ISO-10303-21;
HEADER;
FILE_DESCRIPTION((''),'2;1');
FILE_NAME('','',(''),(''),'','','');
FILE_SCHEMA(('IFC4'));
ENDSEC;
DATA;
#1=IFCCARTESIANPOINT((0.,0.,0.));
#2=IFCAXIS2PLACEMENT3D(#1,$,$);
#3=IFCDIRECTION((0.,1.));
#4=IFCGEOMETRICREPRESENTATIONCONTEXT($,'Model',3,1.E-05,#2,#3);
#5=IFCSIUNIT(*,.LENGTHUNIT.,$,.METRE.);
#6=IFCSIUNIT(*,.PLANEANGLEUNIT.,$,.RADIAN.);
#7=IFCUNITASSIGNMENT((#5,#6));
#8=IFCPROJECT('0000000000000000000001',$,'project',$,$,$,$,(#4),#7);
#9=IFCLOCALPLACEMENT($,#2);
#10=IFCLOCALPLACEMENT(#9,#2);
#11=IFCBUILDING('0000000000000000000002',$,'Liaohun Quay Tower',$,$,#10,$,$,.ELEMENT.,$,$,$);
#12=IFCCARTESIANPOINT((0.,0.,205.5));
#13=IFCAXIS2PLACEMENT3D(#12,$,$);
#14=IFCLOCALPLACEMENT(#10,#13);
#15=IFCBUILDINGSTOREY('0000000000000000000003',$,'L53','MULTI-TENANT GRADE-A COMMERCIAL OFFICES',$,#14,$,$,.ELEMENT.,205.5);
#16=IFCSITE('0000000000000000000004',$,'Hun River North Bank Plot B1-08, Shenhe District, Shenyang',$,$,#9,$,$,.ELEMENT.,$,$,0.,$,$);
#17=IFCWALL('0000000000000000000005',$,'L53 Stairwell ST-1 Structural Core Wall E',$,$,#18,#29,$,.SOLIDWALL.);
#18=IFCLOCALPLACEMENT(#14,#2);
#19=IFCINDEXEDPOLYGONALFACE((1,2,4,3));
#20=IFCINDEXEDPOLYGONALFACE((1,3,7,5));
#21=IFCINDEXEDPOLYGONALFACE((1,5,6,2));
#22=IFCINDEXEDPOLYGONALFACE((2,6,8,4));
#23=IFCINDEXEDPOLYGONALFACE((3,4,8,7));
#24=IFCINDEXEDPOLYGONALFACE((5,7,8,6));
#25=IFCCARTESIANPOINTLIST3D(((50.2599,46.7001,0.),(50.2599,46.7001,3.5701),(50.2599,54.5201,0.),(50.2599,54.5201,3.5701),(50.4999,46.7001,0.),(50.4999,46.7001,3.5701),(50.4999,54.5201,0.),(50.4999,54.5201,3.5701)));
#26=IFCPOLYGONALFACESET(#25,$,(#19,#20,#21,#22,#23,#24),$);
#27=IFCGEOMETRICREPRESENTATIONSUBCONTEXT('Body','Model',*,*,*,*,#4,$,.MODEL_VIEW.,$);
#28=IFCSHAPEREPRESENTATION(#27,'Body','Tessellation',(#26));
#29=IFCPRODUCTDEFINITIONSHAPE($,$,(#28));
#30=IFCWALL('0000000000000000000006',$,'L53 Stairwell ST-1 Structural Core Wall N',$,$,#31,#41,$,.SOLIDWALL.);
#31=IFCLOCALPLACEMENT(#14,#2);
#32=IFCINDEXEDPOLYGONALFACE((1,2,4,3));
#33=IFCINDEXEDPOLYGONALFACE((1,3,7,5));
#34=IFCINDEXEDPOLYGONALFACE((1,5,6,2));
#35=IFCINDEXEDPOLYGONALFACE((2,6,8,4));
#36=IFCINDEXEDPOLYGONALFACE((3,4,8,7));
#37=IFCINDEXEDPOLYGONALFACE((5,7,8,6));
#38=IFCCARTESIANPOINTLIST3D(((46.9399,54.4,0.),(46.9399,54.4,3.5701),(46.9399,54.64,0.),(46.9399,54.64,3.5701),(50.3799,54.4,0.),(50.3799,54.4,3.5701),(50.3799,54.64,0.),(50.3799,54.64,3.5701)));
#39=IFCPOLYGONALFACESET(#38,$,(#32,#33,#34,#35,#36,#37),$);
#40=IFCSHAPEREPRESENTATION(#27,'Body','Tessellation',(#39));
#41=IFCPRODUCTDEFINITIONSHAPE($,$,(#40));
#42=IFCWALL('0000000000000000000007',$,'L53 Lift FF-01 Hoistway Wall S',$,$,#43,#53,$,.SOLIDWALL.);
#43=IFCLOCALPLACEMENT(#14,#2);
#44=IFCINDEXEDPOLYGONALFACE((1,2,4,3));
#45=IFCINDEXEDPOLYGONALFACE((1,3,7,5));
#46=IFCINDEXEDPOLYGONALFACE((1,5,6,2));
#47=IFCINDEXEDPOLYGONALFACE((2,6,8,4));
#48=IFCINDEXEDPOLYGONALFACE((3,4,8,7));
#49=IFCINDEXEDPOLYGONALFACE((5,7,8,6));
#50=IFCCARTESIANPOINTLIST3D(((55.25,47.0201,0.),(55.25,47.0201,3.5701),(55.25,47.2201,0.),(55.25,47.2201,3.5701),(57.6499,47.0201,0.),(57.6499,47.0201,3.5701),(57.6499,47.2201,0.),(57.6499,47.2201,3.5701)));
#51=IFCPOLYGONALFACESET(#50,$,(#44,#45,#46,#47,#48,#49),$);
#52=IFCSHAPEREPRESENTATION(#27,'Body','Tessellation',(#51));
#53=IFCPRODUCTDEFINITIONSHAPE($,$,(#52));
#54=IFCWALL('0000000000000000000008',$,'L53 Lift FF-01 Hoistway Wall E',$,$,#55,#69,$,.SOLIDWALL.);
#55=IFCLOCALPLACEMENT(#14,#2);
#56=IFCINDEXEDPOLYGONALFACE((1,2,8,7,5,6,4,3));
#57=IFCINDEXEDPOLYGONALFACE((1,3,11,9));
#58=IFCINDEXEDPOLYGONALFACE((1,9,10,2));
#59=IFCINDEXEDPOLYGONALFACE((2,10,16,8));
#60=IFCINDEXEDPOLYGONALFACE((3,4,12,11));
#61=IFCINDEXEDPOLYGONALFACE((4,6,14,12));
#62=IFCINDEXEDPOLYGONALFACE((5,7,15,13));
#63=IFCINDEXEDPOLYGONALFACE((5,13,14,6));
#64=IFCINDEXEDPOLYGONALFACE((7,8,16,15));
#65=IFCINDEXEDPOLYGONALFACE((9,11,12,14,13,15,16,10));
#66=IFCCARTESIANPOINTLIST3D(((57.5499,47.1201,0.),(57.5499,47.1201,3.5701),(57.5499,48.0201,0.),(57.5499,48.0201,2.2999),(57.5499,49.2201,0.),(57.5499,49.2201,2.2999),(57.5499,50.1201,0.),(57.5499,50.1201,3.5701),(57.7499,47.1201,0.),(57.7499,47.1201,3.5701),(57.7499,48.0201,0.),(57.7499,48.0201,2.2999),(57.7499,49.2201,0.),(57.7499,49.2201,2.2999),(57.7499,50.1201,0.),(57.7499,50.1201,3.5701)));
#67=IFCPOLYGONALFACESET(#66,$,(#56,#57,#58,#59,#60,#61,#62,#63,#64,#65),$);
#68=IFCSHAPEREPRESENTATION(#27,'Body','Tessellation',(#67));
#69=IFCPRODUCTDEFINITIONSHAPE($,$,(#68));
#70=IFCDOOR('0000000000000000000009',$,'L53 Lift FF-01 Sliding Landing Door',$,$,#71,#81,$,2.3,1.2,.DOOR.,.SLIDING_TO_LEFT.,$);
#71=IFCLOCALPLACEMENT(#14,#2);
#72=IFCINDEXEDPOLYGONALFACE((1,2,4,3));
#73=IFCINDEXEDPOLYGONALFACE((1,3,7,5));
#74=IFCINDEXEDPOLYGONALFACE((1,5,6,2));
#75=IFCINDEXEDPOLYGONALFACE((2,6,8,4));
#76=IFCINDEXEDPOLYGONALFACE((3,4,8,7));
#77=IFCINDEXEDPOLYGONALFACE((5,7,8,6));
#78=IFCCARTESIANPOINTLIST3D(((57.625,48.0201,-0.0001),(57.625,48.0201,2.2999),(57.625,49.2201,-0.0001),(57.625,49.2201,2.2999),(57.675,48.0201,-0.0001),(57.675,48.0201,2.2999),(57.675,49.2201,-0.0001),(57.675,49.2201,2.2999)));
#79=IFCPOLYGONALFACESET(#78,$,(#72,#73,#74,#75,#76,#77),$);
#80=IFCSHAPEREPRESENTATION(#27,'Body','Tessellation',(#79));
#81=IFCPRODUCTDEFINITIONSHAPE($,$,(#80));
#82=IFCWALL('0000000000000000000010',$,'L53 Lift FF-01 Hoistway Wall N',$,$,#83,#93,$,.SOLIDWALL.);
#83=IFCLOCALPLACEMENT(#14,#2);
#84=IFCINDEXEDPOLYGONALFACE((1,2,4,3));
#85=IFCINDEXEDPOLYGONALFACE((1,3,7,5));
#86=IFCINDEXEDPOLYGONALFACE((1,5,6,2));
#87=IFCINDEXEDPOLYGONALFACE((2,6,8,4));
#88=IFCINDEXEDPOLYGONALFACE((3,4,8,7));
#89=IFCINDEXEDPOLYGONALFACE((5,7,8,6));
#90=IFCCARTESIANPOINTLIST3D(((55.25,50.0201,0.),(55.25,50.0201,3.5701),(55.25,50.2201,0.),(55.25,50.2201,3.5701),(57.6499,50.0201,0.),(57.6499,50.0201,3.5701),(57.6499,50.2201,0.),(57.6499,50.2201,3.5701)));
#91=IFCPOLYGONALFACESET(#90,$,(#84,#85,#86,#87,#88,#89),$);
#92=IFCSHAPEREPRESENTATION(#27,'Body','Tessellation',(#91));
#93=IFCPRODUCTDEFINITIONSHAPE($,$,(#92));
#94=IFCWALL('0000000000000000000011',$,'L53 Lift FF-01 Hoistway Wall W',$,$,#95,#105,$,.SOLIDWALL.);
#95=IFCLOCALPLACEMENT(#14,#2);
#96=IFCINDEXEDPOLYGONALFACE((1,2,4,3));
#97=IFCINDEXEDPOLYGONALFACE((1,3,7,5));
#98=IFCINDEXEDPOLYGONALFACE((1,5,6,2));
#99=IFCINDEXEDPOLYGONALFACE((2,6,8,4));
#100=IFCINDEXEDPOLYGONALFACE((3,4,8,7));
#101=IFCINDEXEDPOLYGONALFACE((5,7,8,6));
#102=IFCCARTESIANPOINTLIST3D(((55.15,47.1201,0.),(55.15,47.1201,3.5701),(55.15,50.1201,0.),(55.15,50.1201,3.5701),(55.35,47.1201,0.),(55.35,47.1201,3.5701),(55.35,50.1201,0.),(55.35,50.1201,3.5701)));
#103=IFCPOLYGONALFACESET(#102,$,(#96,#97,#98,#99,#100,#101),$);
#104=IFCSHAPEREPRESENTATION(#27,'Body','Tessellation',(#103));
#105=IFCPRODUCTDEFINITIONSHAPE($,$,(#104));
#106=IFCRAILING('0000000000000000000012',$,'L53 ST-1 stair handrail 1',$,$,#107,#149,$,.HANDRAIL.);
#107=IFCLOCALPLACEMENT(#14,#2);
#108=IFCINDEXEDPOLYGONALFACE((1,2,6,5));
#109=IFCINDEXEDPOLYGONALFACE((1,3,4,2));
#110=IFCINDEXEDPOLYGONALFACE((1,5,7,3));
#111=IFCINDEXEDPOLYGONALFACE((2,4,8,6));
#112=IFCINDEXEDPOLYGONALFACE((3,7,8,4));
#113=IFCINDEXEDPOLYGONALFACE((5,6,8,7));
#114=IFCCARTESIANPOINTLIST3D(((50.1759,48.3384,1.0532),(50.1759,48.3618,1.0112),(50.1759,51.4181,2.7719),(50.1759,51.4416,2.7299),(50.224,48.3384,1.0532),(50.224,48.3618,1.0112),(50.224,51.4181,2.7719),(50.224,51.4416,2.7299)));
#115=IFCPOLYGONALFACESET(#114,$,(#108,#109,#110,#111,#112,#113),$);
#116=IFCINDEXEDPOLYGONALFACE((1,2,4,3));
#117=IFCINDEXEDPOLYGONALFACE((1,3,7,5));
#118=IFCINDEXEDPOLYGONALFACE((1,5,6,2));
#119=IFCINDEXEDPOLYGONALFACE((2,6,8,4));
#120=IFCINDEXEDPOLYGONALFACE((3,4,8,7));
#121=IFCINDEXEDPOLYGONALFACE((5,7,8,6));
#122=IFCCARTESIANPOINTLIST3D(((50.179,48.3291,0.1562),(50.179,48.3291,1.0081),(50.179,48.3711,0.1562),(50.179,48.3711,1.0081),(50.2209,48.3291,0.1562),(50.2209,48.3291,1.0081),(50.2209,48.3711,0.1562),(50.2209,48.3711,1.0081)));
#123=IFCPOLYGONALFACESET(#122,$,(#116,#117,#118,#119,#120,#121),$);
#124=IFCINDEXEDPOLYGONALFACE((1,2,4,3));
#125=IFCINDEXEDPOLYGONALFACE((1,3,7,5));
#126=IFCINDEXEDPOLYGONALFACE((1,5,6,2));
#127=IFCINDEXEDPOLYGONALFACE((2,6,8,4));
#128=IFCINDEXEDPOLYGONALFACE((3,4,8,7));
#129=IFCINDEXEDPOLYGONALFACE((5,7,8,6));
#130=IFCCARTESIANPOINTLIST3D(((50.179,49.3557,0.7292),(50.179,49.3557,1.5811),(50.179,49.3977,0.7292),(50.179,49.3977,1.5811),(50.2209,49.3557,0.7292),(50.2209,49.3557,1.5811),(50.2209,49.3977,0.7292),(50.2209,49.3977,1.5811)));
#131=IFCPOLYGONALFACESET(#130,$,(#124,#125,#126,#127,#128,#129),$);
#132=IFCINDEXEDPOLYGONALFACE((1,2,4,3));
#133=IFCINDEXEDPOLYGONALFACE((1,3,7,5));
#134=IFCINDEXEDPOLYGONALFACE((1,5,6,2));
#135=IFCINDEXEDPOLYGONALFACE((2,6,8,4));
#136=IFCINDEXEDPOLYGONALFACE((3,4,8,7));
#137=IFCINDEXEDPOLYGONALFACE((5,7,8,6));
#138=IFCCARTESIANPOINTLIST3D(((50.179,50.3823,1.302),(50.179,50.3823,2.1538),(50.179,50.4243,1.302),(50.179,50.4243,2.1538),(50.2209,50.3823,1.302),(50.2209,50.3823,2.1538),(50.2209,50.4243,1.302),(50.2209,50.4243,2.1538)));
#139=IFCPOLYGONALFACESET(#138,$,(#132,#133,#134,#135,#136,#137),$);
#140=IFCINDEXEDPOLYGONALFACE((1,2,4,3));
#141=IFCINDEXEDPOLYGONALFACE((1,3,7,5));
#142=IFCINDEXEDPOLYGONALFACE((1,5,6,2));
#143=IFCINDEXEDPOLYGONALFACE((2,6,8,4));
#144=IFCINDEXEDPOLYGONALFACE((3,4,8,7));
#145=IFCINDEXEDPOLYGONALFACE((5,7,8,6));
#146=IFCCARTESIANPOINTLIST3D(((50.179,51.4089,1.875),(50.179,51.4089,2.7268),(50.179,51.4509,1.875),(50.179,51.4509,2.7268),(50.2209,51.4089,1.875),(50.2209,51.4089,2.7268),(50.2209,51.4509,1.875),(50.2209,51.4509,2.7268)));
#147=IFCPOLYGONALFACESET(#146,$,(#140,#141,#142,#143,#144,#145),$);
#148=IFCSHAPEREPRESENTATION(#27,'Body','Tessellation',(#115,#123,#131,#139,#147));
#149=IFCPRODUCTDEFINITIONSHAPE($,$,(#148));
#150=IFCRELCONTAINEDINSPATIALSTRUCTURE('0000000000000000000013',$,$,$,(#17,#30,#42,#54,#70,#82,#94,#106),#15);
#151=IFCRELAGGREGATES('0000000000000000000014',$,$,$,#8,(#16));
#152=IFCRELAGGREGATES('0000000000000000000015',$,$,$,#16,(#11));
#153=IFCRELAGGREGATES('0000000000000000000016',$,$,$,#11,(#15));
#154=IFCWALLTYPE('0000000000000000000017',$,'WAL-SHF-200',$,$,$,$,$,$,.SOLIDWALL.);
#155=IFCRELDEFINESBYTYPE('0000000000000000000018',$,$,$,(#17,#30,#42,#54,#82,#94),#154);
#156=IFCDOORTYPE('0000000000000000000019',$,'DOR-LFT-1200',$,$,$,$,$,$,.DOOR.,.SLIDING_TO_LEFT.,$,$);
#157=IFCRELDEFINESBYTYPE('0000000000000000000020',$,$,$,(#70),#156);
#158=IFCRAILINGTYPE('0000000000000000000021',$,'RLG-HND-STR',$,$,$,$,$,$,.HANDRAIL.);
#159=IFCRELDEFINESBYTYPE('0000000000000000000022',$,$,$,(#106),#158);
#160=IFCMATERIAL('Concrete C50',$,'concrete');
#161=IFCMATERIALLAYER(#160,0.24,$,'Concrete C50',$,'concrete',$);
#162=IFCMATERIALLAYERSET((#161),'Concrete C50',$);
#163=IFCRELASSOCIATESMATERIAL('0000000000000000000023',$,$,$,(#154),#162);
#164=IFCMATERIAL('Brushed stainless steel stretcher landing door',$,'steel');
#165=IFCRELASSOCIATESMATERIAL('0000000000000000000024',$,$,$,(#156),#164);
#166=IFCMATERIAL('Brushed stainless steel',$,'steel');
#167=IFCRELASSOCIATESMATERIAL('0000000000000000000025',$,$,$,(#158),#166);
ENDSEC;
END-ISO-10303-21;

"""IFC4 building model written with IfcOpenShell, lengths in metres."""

from ifc_helpers import new_model, si_unit, direction, frame, frame_2d, origin, origin_2d, place, context, subcontext, project, spatial, rectangle, extrude, source, transform, mapped, material, layer, layer_set, type_object, element, fill, save


model = new_model("IFC4")

# Units and contexts
model_context = context("Model", 3, precision=1e-05, world=origin(), true_north=direction((0.0, 1.0)))
body_context = subcontext(model_context, "Body", "Model", "MODEL_VIEW")
ifc_project = project(units=[si_unit("LENGTHUNIT", "METRE"), si_unit("PLANEANGLEUNIT", "RADIAN")], contexts=[model_context])

# Site, building, storey
site_placement = place(None, origin())
site = spatial("IfcSite", under=ifc_project, at=site_placement, Name="Hun River North Bank Plot B1-08, Shenhe District, Shenyang", CompositionType="ELEMENT", RefElevation=0.0)
building_placement = place(site_placement, origin())
building = spatial("IfcBuilding", under=site, at=building_placement, Name="Liaohun Quay Tower", CompositionType="ELEMENT")
storey_placement = place(building_placement, frame((0.0, 0.0, 205.5)))
storey = spatial("IfcBuildingStorey", under=building, at=storey_placement, Name="L53", Description="MULTI-TENANT GRADE-A COMMERCIAL OFFICES", CompositionType="ELEMENT", Elevation=205.5)

# Walls
ifc_material_1 = material(Name="Concrete C50", Category="concrete")
ifc_layer_1 = layer(ifc_material_1, 0.24, Name="Concrete C50", Category="concrete")
ifc_layer_set_1 = layer_set([ifc_layer_1], Name="Concrete C50")
wall_type_1 = type_object("IfcWallType", Name="WAL-SHF-200", PredefinedType="SOLIDWALL", material=ifc_layer_set_1)
wall_1_placement = place(storey_placement, frame((50.3799, 46.7, 0.0), z_axis=(0.0, 0.0, 1.0), x_axis=(0.0, 1.0, 0.0)))
element("IfcWall", 1, at=wall_1_placement, inside=storey, type_object=wall_type_1, Name="L53 Stairwell ST-1 Structural Core Wall E", PredefinedType="SOLIDWALL", context=body_context, shape_type="SweptSolid", body=[
    extrude(rectangle(XDim=7.8201, YDim=0.24, at=frame_2d((3.9102, 0.0))), origin(), (0.0, 0.0, 1.0), 3.5701),
])
wall_2_placement = place(storey_placement, frame((50.3799, 54.52, 0.0), z_axis=(0.0, 0.0, 1.0), x_axis=(-1.0, 0.0, 0.0)))
element("IfcWall", 2, at=wall_2_placement, inside=storey, type_object=wall_type_1, Name="L53 Stairwell ST-1 Structural Core Wall N", PredefinedType="SOLIDWALL", context=body_context, shape_type="SweptSolid", body=[
    extrude(rectangle(XDim=3.4399, YDim=0.24, at=frame_2d((1.72, 0.0))), origin(), (0.0, 0.0, 1.0), 3.5701),
])
wall_3_placement = place(storey_placement, frame((55.25, 47.1201, 0.0), z_axis=(0.0, 0.0, 1.0), x_axis=(1.0, 0.0, 0.0)))
element("IfcWall", 3, at=wall_3_placement, inside=storey, type_object=wall_type_1, Name="L53 Lift FF-01 Hoistway Wall S", PredefinedType="SOLIDWALL", context=body_context, shape_type="SweptSolid", body=[
    extrude(rectangle(XDim=2.3999, YDim=0.2, at=frame_2d((1.2, 0.0))), origin(), (0.0, 0.0, 1.0), 3.5701),
])

# Wall, opening, door
wall_4_placement = place(storey_placement, frame((57.6499, 47.1201, 0.0), z_axis=(0.0, 0.0, 1.0), x_axis=(0.0, 1.0, 0.0)))
wall_4 = element("IfcWall", 4, at=wall_4_placement, inside=storey, type_object=wall_type_1, Name="L53 Lift FF-01 Hoistway Wall E", PredefinedType="SOLIDWALL", context=body_context, shape_type="SweptSolid", body=[
    extrude(rectangle(XDim=3.0, YDim=0.2, at=frame_2d((1.5, 0.0))), origin(), (0.0, 0.0, 1.0), 3.5701),
])
shared_shape_1 = source(origin(), body_context, "Body", "SweptSolid", [
    extrude(rectangle(XDim=1.2, YDim=2.3, at=frame_2d((0.6001, 1.1499))), frame((0.0, 0.1099, 0.0), z_axis=(0.0, -1.0, 0.0), x_axis=(1.0, 0.0, 0.0)), (0.0, 0.0, 1.0), 0.22),
])
opening_1_placement = place(wall_4_placement, frame((0.8999, 0.0, 0.0)))
opening_1 = element("IfcOpeningElement", 5, at=opening_1_placement, cuts=wall_4, PredefinedType="OPENING", context=body_context, shape_type="MappedRepresentation", body=[
    mapped(shared_shape_1, transform((0.0, 0.0, 0.0), x_axis=(1.0, 0.0, 0.0), y_axis=(0.0, 1.0, 0.0), z_axis=(0.0, 0.0, 1.0), scale=1.0)),
])
ifc_material_2 = material(Name="Brushed stainless steel stretcher landing door", Category="steel")
door_type_1 = type_object("IfcDoorType", Name="DOR-LFT-1200", OperationType="SLIDING_TO_LEFT", PredefinedType="DOOR", material=ifc_material_2)
shared_shape_2 = source(origin(), body_context, "Body", "SweptSolid", [
    extrude(rectangle(XDim=1.2, YDim=2.3, at=frame_2d((0.6001, 1.1499))), frame((0.0, 0.0249, 0.0), z_axis=(0.0, -1.0, 0.0), x_axis=(1.0, 0.0, 0.0)), (0.0, 0.0, 1.0), 0.05),
])
door_1_placement = place(opening_1_placement, origin())
door_1 = element("IfcDoor", 6, at=door_1_placement, inside=storey, type_object=door_type_1, Name="L53 Lift FF-01 Sliding Landing Door", OperationType="SLIDING_TO_LEFT", OverallHeight=2.3, OverallWidth=1.2, PredefinedType="DOOR", context=body_context, shape_type="MappedRepresentation", body=[
    mapped(shared_shape_2, transform((0.0, 0.0, 0.0), x_axis=(1.0, 0.0, 0.0), y_axis=(0.0, 1.0, 0.0), z_axis=(0.0, 0.0, 1.0), scale=1.0)),
])
fill(opening_1, door_1)

# Walls
wall_5_placement = place(storey_placement, frame((57.6499, 50.1201, 0.0), z_axis=(0.0, 0.0, 1.0), x_axis=(-1.0, 0.0, 0.0)))
element("IfcWall", 7, at=wall_5_placement, inside=storey, type_object=wall_type_1, Name="L53 Lift FF-01 Hoistway Wall N", PredefinedType="SOLIDWALL", context=body_context, shape_type="SweptSolid", body=[
    extrude(rectangle(XDim=2.3999, YDim=0.2, at=frame_2d((1.2, 0.0))), origin(), (0.0, 0.0, 1.0), 3.5701),
])
wall_6_placement = place(storey_placement, frame((55.25, 50.1201, 0.0), z_axis=(0.0, 0.0, 1.0), x_axis=(0.0, -1.0, 0.0)))
element("IfcWall", 8, at=wall_6_placement, inside=storey, type_object=wall_type_1, Name="L53 Lift FF-01 Hoistway Wall W", PredefinedType="SOLIDWALL", context=body_context, shape_type="SweptSolid", body=[
    extrude(rectangle(XDim=3.0, YDim=0.2, at=frame_2d((1.5, 0.0))), origin(), (0.0, 0.0, 1.0), 3.5701),
])

# Railing
ifc_material_3 = material(Name="Brushed stainless steel", Category="steel")
railing_type = type_object("IfcRailingType", Name="RLG-HND-STR", PredefinedType="HANDRAIL", material=ifc_material_3)
railing_placement = place(storey_placement, frame((50.2, 48.3501, 0.1562)))
element("IfcRailing", 9, at=railing_placement, inside=storey, type_object=railing_type, Name="L53 ST-1 stair handrail 1", PredefinedType="HANDRAIL", context=body_context, shape_type="SweptSolid", body=[
    extrude(rectangle(XDim=0.0481, YDim=0.0481, at=origin_2d()), frame((0.0, 0.0, 0.876), z_axis=(0.0, 0.873225, 0.487317), x_axis=(-1.0, 0.0, 0.0)), (0.0, 0.0, 1.0), 3.5269),
    extrude(rectangle(XDim=0.042, YDim=0.042, at=origin_2d()), origin(), (0.0, 0.0, 1.0), 0.8518),
    extrude(rectangle(XDim=0.042, YDim=0.042, at=origin_2d()), frame((0.0, 1.0266, 0.573)), (0.0, 0.0, 1.0), 0.8518),
    extrude(rectangle(XDim=0.042, YDim=0.042, at=origin_2d()), frame((0.0, 2.0532, 1.1458)), (0.0, 0.0, 1.0), 0.8518),
    extrude(rectangle(XDim=0.042, YDim=0.042, at=origin_2d()), frame((0.0, 3.0798, 1.7188)), (0.0, 0.0, 1.0), 0.8518),
])

save(model, "model.ifc")
